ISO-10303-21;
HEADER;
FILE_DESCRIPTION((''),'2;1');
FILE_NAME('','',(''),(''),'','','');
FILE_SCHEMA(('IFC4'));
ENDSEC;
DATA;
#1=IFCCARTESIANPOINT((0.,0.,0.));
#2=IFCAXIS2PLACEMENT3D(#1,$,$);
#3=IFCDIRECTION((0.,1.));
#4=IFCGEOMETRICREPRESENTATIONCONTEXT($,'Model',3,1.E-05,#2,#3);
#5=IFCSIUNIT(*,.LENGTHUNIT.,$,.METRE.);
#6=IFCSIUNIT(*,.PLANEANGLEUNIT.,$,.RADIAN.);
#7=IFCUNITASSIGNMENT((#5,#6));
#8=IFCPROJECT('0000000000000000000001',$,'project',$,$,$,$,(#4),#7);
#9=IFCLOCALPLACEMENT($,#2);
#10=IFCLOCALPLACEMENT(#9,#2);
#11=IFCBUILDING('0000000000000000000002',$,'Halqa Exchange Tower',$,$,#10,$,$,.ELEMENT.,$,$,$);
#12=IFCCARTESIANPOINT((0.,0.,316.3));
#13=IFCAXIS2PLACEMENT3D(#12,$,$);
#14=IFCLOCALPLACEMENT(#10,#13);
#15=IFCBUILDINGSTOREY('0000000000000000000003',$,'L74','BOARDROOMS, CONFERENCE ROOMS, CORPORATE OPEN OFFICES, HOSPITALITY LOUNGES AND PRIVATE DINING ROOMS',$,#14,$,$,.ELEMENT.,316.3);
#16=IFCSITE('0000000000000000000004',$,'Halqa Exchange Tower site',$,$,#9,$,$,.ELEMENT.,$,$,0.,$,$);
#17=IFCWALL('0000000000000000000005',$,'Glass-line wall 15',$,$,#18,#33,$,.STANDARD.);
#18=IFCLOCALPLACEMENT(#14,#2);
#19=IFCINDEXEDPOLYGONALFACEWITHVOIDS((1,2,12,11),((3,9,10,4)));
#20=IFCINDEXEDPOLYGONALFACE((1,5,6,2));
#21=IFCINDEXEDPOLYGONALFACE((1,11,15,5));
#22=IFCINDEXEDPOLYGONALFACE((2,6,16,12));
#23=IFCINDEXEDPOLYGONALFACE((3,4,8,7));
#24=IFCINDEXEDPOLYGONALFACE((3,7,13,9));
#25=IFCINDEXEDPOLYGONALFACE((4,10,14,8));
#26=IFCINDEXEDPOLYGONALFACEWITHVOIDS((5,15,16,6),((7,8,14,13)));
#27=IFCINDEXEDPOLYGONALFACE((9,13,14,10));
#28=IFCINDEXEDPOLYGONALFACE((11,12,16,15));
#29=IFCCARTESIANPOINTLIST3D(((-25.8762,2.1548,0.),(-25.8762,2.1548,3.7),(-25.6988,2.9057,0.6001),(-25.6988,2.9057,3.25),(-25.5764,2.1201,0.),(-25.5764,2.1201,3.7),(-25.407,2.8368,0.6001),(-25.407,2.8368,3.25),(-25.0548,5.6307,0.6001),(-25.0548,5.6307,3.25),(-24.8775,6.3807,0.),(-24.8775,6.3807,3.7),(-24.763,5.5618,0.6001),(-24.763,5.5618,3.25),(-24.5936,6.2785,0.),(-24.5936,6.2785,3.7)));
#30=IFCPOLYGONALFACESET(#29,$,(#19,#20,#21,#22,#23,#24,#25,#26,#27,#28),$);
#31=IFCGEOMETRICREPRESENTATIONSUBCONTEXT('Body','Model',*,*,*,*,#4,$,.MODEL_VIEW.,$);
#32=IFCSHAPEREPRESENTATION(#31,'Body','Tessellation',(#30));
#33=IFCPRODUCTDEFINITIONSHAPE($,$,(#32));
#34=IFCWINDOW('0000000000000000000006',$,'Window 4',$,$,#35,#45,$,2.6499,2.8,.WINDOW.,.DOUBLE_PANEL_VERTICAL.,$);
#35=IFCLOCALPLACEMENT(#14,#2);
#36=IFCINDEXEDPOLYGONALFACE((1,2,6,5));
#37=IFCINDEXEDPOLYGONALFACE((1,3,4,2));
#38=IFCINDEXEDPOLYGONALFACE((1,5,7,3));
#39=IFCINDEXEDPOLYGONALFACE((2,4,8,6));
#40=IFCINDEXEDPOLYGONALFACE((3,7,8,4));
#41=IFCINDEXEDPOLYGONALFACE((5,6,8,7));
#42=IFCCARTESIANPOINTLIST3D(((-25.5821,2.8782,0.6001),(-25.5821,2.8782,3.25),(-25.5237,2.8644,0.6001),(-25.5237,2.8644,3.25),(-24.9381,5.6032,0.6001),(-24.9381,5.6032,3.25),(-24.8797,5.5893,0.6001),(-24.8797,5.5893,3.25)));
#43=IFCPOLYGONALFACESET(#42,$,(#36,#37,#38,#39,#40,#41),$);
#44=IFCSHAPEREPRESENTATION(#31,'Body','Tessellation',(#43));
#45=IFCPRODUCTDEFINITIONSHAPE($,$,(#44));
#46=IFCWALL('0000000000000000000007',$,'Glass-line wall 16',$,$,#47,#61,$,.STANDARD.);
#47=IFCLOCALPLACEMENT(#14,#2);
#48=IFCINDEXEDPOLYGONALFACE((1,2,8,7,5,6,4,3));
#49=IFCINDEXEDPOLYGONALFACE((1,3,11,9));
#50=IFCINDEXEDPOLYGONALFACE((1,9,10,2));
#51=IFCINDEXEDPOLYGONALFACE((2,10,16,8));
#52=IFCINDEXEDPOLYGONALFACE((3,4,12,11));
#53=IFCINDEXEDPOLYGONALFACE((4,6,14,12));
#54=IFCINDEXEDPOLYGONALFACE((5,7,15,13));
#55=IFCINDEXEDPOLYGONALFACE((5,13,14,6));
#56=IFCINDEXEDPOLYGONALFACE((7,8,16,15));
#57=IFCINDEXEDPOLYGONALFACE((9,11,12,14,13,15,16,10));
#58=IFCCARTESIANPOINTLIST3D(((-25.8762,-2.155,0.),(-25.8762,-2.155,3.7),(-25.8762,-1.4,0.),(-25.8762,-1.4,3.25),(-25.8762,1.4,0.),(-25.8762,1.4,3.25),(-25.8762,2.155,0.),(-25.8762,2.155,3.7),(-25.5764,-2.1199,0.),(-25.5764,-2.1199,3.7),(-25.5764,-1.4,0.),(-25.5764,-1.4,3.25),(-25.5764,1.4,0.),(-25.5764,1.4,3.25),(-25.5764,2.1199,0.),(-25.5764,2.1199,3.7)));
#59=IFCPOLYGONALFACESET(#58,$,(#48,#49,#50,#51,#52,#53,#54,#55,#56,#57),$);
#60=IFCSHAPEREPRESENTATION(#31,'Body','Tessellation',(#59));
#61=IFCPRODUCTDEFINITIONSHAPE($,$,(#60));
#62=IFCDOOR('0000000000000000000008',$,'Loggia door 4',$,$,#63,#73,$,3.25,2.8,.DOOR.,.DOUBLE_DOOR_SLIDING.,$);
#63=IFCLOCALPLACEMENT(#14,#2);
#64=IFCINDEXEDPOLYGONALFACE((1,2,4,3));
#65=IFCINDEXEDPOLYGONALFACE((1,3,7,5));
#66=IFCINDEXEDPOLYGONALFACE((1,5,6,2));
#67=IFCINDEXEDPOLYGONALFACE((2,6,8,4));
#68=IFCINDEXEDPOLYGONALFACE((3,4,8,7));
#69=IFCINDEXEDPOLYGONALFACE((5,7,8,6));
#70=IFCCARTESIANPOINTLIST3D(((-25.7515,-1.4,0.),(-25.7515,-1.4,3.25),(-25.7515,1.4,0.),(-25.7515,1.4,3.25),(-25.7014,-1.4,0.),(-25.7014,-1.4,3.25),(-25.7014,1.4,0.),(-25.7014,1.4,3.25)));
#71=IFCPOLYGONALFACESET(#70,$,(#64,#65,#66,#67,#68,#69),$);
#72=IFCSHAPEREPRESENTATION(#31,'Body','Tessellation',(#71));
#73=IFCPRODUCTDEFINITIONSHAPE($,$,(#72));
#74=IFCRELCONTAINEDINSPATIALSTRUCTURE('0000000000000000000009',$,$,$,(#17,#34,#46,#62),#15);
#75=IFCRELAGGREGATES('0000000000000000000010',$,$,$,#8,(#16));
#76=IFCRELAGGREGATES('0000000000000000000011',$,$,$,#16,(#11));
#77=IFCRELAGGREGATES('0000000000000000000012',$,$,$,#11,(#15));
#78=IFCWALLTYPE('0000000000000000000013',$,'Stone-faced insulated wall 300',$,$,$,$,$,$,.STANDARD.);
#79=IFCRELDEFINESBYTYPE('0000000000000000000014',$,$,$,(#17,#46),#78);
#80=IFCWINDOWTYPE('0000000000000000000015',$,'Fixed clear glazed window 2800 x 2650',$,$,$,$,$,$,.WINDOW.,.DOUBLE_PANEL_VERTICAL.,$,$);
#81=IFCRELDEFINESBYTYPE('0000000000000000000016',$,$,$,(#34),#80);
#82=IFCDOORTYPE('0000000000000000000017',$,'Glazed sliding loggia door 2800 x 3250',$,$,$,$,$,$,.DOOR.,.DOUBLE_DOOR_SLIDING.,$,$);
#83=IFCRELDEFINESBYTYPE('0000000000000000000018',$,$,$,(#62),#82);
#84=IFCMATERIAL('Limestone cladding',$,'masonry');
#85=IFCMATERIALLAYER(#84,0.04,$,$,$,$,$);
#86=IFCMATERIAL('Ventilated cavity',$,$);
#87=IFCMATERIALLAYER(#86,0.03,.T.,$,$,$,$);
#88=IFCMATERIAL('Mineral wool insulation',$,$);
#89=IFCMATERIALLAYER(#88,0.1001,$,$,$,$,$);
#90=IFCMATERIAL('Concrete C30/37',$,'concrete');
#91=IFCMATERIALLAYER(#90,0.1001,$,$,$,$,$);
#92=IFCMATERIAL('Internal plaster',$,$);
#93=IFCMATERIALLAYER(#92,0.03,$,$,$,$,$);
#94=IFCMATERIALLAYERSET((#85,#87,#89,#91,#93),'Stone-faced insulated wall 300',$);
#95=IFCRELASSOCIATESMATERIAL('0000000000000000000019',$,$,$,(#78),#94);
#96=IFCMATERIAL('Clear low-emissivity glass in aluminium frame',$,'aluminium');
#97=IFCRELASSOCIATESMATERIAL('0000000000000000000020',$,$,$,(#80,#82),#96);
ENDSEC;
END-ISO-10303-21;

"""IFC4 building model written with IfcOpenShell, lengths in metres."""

from ifc_helpers import new_model, si_unit, direction, frame, frame_2d, origin, place, context, subcontext, project, spatial, polyline, rectangle, outline, extrude, material, layer, layer_set, type_object, element, fill, save


model = new_model("IFC4")

# Units and contexts
model_context = context("Model", 3, precision=1e-05, world=origin(), true_north=direction((0.0, 1.0)))
body_context = subcontext(model_context, "Body", "Model", "MODEL_VIEW")
ifc_project = project(units=[si_unit("LENGTHUNIT", "METRE"), si_unit("PLANEANGLEUNIT", "RADIAN")], contexts=[model_context])

# Site, building, storey
site_placement = place(None, origin())
site = spatial("IfcSite", under=ifc_project, at=site_placement, Name="Halqa Exchange Tower site", CompositionType="ELEMENT", RefElevation=0.0)
building_placement = place(site_placement, origin())
building = spatial("IfcBuilding", under=site, at=building_placement, Name="Halqa Exchange Tower", CompositionType="ELEMENT")
storey_placement = place(building_placement, frame((0.0, 0.0, 316.3)))
storey = spatial("IfcBuildingStorey", under=building, at=storey_placement, Name="L74", Description="BOARDROOMS, CONFERENCE ROOMS, CORPORATE OPEN OFFICES, HOSPITALITY LOUNGES AND PRIVATE DINING ROOMS", CompositionType="ELEMENT", Elevation=316.3)

# Wall, opening, window
ifc_material_1 = material(Name="Limestone cladding", Category="masonry")
ifc_layer_1 = layer(ifc_material_1, 0.04)
ifc_material_2 = material(Name="Ventilated cavity")
ifc_layer_2 = layer(ifc_material_2, 0.03, ventilated=True)
ifc_material_3 = material(Name="Mineral wool insulation")
ifc_layer_3 = layer(ifc_material_3, 0.1001)
ifc_material_4 = material(Name="Concrete C30/37", Category="concrete")
ifc_layer_4 = layer(ifc_material_4, 0.1001)
ifc_material_5 = material(Name="Internal plaster")
ifc_layer_5 = layer(ifc_material_5, 0.03)
ifc_layer_set_1 = layer_set([ifc_layer_1, ifc_layer_2, ifc_layer_3, ifc_layer_4, ifc_layer_5], Name="Stone-faced insulated wall 300")
wall_type_1 = type_object("IfcWallType", Name="Stone-faced insulated wall 300", PredefinedType="STANDARD", material=ifc_layer_set_1)
ifc_material_6 = material(Name="Clear low-emissivity glass in aluminium frame", Category="aluminium")
window_type = type_object("IfcWindowType", Name="Fixed clear glazed window 2800 x 2650", PartitioningType="DOUBLE_PANEL_VERTICAL", PredefinedType="WINDOW", material=ifc_material_6)
wall_1_placement = place(storey_placement, frame((-24.7356, 6.3296, 0.0), z_axis=(0.0, 0.0, 1.0), x_axis=(-0.229993, -0.973192, 0.0)))
wall_1 = element("IfcWall", 1, at=wall_1_placement, inside=storey, type_object=wall_type_1, Name="Glass-line wall 15", PredefinedType="STANDARD", context=body_context, shape_type="SweptSolid", body=[
    extrude(outline(polyline([(-0.0171, -0.1499), (4.3252, -0.1499), (4.29, 0.1499), (0.0171, 0.1499), (-0.0171, -0.1499)])), origin(), (0.0, 0.0, 1.0), 3.7),
])
opening_1_placement = place(wall_1_placement, frame((0.7537, 0.0, 0.6001)))
opening_1 = element("IfcOpeningElement", 2, at=opening_1_placement, cuts=wall_1, PredefinedType="OPENING", context=body_context, shape_type="SweptSolid", body=[
    extrude(rectangle(XDim=2.8, YDim=2.6499, at=frame_2d((1.3999, 1.325))), frame((0.0, 0.1621, 0.0), z_axis=(0.0, -1.0, 0.0), x_axis=(1.0, 0.0, 0.0)), (0.0, 0.0, 1.0), 0.324),
])
window_1_placement = place(opening_1_placement, origin())
window_1 = element("IfcWindow", 3, at=window_1_placement, inside=storey, type_object=window_type, Name="Window 4", OverallHeight=2.6499, OverallWidth=2.8, PartitioningType="DOUBLE_PANEL_VERTICAL", PredefinedType="WINDOW", context=body_context, shape_type="SweptSolid", body=[
    extrude(rectangle(XDim=2.8, YDim=2.6499, at=frame_2d((1.3999, 1.325))), frame((0.0, 0.03, 0.0), z_axis=(0.0, -1.0, 0.0), x_axis=(1.0, 0.0, 0.0)), (0.0, 0.0, 1.0), 0.0601),
])
fill(opening_1, window_1)

# Wall, opening, door
wall_2_placement = place(storey_placement, frame((-25.7263, 2.1375, 0.0), z_axis=(0.0, 0.0, 1.0), x_axis=(0.0, -1.0, 0.0)))
wall_2 = element("IfcWall", 4, at=wall_2_placement, inside=storey, type_object=wall_type_1, Name="Glass-line wall 16", PredefinedType="STANDARD", context=body_context, shape_type="SweptSolid", body=[
    extrude(outline(polyline([(-0.0176, -0.1499), (4.2925, -0.1499), (4.2573, 0.1499), (0.0176, 0.1499), (-0.0176, -0.1499)])), origin(), (0.0, 0.0, 1.0), 3.7),
])
opening_2_placement = place(wall_2_placement, frame((0.7375, 0.0, 0.0)))
opening_2 = element("IfcOpeningElement", 5, at=opening_2_placement, cuts=wall_2, PredefinedType="OPENING", context=body_context, shape_type="SweptSolid", body=[
    extrude(rectangle(XDim=2.8, YDim=3.25, at=frame_2d((1.3999, 1.625))), frame((0.0, 0.1621, 0.0), z_axis=(0.0, -1.0, 0.0), x_axis=(1.0, 0.0, 0.0)), (0.0, 0.0, 1.0), 0.324),
])
door_type = type_object("IfcDoorType", Name="Glazed sliding loggia door 2800 x 3250", OperationType="DOUBLE_DOOR_SLIDING", PredefinedType="DOOR", material=ifc_material_6)
door_placement = place(opening_2_placement, origin())
door = element("IfcDoor", 6, at=door_placement, inside=storey, type_object=door_type, Name="Loggia door 4", OperationType="DOUBLE_DOOR_SLIDING", OverallHeight=3.25, OverallWidth=2.8, PredefinedType="DOOR", context=body_context, shape_type="SweptSolid", body=[
    extrude(rectangle(XDim=2.8, YDim=3.25, at=frame_2d((1.3999, 1.625))), frame((0.0, 0.0249, 0.0), z_axis=(0.0, -1.0, 0.0), x_axis=(1.0, 0.0, 0.0)), (0.0, 0.0, 1.0), 0.05),
])
fill(opening_2, door)

save(model, "model.ifc")
